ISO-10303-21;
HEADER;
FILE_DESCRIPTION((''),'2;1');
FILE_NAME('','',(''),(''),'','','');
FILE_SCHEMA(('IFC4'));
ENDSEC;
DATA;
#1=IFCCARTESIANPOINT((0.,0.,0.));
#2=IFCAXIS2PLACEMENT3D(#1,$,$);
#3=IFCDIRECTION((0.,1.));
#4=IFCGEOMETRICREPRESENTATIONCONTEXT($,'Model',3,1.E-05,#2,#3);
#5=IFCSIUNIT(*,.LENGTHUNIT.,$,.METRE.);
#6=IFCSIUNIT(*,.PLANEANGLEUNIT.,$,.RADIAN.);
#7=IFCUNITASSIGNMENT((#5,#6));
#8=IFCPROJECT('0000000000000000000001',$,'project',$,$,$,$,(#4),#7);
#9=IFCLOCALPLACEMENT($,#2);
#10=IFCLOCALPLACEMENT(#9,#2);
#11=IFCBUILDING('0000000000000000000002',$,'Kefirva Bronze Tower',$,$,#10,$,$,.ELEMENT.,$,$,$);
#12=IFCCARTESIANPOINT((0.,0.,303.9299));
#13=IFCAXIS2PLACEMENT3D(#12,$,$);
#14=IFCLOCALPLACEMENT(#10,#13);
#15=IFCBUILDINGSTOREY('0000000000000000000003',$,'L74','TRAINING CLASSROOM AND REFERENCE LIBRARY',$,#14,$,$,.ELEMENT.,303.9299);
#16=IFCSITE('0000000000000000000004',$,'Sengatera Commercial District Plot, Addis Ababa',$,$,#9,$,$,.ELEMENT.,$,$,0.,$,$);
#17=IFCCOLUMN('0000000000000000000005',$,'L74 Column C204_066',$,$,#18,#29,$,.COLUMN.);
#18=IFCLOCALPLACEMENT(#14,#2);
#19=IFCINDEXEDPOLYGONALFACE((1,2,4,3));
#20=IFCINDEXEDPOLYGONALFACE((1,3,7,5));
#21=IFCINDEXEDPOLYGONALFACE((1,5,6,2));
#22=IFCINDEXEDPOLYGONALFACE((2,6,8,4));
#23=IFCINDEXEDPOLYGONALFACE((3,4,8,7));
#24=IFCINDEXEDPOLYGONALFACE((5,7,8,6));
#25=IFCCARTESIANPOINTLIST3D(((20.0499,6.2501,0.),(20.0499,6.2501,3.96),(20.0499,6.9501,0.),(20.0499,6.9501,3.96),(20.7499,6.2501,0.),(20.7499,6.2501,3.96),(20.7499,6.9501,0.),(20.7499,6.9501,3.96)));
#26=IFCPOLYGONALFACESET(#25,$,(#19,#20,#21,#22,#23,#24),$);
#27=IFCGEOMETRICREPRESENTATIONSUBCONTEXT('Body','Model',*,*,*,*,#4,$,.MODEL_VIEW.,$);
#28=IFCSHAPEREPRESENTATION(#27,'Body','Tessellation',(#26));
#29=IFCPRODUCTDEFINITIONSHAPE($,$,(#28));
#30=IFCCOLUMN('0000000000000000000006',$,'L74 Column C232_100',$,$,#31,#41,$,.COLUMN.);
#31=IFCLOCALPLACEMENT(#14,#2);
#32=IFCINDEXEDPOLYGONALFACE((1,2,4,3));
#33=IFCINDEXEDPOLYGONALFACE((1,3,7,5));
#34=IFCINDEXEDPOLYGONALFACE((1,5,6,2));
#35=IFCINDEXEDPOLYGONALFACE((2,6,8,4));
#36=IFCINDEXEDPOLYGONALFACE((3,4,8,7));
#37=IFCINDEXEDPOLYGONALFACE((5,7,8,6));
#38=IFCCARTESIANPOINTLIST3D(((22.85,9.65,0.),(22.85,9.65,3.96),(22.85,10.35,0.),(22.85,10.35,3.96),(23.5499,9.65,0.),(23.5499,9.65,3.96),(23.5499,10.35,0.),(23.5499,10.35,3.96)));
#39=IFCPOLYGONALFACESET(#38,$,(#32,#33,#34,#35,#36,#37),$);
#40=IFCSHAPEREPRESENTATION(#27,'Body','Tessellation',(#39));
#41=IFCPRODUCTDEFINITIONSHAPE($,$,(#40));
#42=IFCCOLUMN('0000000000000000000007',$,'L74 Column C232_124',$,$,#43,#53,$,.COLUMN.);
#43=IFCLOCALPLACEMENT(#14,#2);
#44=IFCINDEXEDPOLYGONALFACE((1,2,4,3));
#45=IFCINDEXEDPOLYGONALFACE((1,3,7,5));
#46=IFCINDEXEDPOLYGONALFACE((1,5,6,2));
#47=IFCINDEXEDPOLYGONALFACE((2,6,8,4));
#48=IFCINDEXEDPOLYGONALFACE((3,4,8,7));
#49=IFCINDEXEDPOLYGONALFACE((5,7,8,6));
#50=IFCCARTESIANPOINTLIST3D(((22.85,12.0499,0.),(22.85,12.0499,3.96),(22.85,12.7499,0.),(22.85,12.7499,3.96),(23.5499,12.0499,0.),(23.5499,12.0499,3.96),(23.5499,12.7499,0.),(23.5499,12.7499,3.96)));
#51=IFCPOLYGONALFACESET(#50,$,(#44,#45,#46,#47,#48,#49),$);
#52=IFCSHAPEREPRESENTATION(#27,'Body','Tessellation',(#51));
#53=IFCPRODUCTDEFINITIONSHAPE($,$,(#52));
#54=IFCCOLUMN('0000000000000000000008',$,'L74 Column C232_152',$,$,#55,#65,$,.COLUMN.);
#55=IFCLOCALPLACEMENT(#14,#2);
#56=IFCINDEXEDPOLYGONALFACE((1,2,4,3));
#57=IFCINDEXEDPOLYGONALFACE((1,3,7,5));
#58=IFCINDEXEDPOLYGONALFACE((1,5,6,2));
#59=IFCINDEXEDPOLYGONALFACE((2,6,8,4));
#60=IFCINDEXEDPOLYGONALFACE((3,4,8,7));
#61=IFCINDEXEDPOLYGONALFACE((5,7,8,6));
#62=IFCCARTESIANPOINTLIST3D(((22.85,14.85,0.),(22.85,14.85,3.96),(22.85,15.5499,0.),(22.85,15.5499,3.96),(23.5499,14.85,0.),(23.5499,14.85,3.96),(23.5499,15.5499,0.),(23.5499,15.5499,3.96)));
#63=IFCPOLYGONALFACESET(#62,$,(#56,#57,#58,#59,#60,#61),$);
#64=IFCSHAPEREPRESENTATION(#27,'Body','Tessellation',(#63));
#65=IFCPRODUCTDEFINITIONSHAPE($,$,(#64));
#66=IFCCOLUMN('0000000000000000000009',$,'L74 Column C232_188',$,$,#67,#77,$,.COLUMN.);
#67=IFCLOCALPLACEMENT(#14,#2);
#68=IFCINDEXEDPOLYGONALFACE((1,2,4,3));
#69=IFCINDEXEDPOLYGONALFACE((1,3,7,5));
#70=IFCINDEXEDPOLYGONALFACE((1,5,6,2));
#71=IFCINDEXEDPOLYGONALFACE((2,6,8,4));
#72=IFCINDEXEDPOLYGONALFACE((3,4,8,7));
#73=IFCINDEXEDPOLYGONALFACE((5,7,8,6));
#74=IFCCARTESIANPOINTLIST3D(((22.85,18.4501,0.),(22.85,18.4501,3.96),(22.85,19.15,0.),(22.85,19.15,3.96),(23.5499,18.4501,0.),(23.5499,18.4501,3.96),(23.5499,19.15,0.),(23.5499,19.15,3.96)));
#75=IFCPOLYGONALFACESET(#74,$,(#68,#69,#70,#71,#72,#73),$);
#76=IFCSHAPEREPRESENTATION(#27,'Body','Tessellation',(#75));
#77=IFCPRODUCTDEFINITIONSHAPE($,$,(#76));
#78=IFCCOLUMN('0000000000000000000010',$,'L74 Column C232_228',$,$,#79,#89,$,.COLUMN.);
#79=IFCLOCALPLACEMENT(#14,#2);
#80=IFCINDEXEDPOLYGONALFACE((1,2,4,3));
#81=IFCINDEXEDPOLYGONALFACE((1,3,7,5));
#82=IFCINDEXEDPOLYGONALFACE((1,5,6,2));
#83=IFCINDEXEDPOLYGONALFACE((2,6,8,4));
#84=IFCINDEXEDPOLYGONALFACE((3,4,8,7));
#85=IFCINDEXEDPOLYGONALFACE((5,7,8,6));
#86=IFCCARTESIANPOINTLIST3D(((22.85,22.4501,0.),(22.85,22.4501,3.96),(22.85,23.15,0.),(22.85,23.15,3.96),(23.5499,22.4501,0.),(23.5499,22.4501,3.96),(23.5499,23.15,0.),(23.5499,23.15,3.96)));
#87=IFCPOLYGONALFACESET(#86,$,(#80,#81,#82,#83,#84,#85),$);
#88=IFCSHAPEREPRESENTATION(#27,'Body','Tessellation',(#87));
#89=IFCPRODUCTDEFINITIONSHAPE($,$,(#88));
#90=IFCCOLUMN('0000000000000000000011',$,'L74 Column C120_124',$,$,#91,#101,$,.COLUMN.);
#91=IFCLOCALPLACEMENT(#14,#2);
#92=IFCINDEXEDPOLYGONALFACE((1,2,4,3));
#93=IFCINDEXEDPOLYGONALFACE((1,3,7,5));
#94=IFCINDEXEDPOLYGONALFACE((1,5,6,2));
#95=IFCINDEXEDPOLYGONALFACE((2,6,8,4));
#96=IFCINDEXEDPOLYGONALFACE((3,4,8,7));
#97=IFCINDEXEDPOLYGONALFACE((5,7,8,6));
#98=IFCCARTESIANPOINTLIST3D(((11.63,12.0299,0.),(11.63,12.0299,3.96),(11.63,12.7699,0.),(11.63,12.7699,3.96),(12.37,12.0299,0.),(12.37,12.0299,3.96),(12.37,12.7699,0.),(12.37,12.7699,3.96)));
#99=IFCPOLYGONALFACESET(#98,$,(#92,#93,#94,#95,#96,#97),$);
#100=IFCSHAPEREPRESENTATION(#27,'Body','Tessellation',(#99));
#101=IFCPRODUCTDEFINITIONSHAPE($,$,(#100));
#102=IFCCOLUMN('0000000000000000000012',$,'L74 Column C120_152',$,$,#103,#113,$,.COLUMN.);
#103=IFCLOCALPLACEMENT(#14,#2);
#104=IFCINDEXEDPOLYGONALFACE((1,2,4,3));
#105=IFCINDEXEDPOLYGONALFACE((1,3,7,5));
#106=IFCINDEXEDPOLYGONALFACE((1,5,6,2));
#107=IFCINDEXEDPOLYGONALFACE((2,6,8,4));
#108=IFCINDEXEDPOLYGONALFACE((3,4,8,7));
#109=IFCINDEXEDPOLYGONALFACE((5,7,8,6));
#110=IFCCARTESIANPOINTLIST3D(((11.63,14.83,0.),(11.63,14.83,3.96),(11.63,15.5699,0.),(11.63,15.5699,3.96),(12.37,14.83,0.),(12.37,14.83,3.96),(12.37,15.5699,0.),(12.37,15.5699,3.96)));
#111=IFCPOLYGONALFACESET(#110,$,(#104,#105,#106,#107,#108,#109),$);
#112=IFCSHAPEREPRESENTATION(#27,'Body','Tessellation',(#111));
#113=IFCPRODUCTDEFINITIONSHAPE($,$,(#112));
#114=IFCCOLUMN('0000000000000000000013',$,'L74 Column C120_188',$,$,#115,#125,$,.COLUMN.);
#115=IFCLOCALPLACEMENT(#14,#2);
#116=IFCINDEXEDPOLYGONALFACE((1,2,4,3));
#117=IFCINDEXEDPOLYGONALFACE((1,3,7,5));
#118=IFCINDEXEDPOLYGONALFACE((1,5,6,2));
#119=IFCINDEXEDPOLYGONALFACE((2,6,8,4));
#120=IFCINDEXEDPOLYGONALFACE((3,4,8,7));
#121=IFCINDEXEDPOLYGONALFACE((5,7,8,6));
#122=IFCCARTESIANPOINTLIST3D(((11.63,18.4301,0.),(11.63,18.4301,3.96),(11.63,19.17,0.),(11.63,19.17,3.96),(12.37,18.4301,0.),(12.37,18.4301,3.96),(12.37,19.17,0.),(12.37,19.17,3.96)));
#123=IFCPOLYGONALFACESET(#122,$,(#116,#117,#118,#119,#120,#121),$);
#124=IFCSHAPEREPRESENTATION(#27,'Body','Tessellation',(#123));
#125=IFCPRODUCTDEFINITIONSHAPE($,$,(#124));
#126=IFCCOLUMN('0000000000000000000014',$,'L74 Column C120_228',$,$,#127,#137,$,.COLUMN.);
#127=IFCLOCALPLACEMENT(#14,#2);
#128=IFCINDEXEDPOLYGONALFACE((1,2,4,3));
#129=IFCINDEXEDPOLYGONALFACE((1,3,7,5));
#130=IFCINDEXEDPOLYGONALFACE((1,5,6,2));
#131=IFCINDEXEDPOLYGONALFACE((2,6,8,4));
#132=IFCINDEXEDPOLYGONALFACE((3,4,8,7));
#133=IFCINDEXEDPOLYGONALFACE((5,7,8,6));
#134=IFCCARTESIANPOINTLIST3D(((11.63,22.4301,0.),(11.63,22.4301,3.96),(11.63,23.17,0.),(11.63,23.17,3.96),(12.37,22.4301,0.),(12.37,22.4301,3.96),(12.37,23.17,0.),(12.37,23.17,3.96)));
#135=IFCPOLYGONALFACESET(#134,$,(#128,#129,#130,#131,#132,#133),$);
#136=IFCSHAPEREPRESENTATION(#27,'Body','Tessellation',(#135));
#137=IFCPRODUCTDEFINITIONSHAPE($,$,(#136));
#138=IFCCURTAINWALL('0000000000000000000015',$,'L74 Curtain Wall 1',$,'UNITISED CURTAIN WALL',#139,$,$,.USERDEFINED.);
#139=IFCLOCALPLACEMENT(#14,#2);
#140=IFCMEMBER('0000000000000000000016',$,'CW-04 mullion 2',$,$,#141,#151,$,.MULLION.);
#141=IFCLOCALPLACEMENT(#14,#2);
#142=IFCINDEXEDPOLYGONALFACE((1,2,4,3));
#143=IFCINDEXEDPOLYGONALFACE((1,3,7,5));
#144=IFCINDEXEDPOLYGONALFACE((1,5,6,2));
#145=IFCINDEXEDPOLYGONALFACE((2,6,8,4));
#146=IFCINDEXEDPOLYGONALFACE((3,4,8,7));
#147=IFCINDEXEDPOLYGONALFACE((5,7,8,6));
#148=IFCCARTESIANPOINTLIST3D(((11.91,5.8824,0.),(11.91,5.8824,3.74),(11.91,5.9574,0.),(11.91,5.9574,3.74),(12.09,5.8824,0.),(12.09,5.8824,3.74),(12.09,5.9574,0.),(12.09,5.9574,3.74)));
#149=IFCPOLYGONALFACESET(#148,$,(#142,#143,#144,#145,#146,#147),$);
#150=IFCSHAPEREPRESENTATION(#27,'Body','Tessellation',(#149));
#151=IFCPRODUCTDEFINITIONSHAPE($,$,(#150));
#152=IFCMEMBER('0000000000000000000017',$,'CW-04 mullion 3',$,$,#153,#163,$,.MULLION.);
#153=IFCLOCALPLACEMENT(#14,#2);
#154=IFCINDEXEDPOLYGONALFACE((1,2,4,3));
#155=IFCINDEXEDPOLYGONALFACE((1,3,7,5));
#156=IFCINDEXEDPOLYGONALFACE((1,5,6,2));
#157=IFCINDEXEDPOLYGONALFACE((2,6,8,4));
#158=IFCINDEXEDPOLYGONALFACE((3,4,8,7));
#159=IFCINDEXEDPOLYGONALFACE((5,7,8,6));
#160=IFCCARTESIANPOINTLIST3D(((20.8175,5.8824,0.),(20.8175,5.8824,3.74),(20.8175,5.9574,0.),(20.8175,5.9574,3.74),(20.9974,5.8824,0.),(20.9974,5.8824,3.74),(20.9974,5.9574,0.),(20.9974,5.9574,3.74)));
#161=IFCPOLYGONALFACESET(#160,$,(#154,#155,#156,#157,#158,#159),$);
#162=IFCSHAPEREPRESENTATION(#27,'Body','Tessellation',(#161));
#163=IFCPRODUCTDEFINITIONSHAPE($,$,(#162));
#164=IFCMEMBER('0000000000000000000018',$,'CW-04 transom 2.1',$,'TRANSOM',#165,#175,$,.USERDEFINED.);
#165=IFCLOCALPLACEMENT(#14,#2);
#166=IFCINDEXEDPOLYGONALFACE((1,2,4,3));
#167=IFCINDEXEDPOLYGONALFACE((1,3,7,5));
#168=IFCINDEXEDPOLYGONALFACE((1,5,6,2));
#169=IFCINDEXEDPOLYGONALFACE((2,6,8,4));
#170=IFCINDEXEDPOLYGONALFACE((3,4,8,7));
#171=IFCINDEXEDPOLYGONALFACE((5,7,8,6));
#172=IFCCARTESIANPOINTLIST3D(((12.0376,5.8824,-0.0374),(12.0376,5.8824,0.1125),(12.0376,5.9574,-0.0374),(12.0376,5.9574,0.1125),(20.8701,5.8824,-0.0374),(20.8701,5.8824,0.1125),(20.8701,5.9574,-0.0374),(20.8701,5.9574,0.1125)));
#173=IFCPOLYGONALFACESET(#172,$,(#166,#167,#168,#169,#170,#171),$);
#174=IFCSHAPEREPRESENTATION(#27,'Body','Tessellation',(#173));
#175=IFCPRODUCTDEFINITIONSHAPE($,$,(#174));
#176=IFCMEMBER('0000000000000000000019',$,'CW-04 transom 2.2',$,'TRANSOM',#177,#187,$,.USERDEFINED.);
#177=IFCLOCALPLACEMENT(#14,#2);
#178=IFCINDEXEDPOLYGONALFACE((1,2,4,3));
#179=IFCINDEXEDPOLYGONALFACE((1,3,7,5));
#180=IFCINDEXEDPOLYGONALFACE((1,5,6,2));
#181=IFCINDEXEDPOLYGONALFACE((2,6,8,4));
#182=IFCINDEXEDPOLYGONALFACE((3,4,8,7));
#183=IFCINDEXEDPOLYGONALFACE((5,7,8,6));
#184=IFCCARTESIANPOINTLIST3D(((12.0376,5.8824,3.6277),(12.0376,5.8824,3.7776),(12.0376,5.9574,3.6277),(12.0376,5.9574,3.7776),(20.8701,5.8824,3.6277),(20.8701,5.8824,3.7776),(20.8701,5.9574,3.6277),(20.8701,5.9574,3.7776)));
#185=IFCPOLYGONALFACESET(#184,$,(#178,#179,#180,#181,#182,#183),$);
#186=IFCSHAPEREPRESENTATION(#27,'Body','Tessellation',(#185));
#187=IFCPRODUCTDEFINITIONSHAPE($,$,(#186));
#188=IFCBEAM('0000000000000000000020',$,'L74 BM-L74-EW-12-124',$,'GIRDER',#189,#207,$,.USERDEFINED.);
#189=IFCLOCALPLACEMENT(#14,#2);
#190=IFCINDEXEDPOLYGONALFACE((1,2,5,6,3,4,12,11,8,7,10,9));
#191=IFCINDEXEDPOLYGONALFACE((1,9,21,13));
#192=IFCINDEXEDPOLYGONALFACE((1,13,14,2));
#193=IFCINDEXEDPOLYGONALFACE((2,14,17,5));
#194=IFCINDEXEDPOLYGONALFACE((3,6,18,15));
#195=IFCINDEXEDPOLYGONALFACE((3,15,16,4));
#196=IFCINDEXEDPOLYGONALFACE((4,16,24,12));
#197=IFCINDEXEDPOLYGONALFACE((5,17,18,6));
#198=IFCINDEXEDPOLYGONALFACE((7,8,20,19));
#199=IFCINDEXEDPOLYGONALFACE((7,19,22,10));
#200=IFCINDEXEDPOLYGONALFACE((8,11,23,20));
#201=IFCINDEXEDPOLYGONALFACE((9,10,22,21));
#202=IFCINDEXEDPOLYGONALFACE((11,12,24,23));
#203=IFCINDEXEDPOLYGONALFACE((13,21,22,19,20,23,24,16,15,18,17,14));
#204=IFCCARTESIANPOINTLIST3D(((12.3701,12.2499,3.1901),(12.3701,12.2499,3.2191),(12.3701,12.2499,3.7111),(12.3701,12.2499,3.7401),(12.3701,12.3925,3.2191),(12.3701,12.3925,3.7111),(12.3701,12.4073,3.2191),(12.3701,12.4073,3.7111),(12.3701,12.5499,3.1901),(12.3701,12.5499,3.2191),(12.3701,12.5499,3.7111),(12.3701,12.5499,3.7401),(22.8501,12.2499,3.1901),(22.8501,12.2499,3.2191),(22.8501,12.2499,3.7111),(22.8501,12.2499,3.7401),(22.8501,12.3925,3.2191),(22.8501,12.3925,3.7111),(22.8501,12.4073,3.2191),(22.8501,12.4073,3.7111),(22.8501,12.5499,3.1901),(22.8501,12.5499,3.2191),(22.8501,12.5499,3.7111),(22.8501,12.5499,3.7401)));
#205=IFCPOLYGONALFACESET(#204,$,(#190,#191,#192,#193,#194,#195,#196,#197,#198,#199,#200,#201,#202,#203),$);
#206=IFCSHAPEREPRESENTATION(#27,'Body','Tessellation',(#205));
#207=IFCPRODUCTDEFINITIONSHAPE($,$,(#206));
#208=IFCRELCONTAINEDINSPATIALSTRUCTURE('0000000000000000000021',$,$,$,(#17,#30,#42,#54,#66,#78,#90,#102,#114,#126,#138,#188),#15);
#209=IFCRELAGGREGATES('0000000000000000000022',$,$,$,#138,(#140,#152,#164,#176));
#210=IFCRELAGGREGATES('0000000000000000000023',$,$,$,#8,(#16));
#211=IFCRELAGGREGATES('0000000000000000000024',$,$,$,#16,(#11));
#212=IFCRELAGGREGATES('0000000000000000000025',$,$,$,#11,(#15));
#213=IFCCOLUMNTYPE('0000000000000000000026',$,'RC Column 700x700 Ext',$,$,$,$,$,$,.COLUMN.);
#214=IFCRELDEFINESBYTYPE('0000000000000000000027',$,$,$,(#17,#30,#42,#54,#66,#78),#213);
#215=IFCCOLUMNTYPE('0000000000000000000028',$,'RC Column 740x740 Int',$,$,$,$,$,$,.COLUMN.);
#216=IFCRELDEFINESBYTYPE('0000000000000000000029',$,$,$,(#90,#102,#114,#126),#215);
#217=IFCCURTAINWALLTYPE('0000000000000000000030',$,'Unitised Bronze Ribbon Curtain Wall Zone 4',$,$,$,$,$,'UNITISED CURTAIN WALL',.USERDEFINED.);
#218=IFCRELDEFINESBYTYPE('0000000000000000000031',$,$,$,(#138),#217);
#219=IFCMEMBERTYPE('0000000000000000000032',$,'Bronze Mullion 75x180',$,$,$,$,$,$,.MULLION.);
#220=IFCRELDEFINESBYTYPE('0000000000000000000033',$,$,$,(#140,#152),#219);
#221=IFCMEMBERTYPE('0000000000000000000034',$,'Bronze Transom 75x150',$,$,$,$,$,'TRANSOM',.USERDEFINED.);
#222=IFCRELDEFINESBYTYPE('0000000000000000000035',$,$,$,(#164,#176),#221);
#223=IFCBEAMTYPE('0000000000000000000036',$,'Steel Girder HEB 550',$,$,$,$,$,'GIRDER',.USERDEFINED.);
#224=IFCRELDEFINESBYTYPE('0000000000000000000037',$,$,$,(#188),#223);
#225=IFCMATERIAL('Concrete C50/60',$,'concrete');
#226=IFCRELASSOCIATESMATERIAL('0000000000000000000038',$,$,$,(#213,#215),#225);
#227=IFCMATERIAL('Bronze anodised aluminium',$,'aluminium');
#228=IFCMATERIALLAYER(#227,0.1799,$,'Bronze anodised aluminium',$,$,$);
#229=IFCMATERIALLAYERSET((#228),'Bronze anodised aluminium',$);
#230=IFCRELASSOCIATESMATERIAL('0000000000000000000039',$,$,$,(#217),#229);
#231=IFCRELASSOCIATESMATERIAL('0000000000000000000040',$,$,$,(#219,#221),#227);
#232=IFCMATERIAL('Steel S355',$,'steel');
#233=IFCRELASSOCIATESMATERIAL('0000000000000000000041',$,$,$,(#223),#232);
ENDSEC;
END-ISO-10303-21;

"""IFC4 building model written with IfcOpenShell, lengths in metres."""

from ifc_helpers import new_model, si_unit, direction, frame, origin, origin_2d, place, context, subcontext, project, spatial, rectangle, i_section, extrude, material, layer, layer_set, material_profile, profile_set, type_object, element, aggregate, save


model = new_model("IFC4")

# Units and contexts
model_context = context("Model", 3, precision=1e-05, world=origin(), true_north=direction((0.0, 1.0)))
body_context = subcontext(model_context, "Body", "Model", "MODEL_VIEW")
ifc_project = project(units=[si_unit("LENGTHUNIT", "METRE"), si_unit("PLANEANGLEUNIT", "RADIAN")], contexts=[model_context])

# Site, building, storey
site_placement = place(None, origin())
site = spatial("IfcSite", under=ifc_project, at=site_placement, Name="Sengatera Commercial District Plot, Addis Ababa", CompositionType="ELEMENT", RefElevation=0.0)
building_placement = place(site_placement, origin())
building = spatial("IfcBuilding", under=site, at=building_placement, Name="Kefirva Bronze Tower", CompositionType="ELEMENT")
storey_placement = place(building_placement, frame((0.0, 0.0, 303.9299)))
storey = spatial("IfcBuildingStorey", under=building, at=storey_placement, Name="L74", Description="TRAINING CLASSROOM AND REFERENCE LIBRARY", CompositionType="ELEMENT", Elevation=303.9299)

# Columns
ifc_material_1 = material(Name="Concrete C50/60", Category="concrete")
ifc_material_profile_1 = material_profile(ifc_material_1, rectangle(XDim=0.7, YDim=0.7, at=origin_2d()), Name="RC 700x700")
ifc_profile_set_1 = profile_set([ifc_material_profile_1], Name="Concrete C50/60")
column_type_1 = type_object("IfcColumnType", Name="RC Column 700x700 Ext", PredefinedType="COLUMN", material=ifc_profile_set_1)
for number, where, z_axis, x_axis, name in (
    (1, (20.3999, 6.6001, 0.0), (0.0, 0.0, 1.0), (1.0, 0.0, 0.0), "L74 Column C204_066"),
    (2, (23.2, 10.0, 0.0), (0.0, 0.0, 1.0), (1.0, 0.0, 0.0), "L74 Column C232_100"),
    (3, (23.2, 12.3999, 0.0), (0.0, 0.0, 1.0), (1.0, 0.0, 0.0), "L74 Column C232_124"),
    (4, (23.2, 15.2, 0.0), (0.0, 0.0, 1.0), (1.0, 0.0, 0.0), "L74 Column C232_152"),
    (5, (23.2, 18.8, 0.0), (0.0, 0.0, 1.0), (1.0, 0.0, 0.0), "L74 Column C232_188"),
    (6, (23.2, 22.8, 0.0), (0.0, 0.0, 1.0), (1.0, 0.0, 0.0), "L74 Column C232_228"),
):
    element("IfcColumn", number, at=place(storey_placement, frame(where, z_axis=z_axis, x_axis=x_axis)), inside=storey, type_object=column_type_1, Name=name, PredefinedType="COLUMN", context=body_context, shape_type="SweptSolid", body=[
        extrude(rectangle(XDim=0.7, YDim=0.7, at=origin_2d()), origin(), (0.0, 0.0, 1.0), 3.96),
    ])
ifc_material_profile_2 = material_profile(ifc_material_1, rectangle(XDim=0.74, YDim=0.74, at=origin_2d()), Name="RC 740x740")
ifc_profile_set_2 = profile_set([ifc_material_profile_2], Name="Concrete C50/60")
column_type_2 = type_object("IfcColumnType", Name="RC Column 740x740 Int", PredefinedType="COLUMN", material=ifc_profile_set_2)
for number, where, z_axis, x_axis, name in (
    (7, (12.0, 12.3999, 0.0), (0.0, 0.0, 1.0), (1.0, 0.0, 0.0), "L74 Column C120_124"),
    (8, (12.0, 15.2, 0.0), (0.0, 0.0, 1.0), (1.0, 0.0, 0.0), "L74 Column C120_152"),
    (9, (12.0, 18.8, 0.0), (0.0, 0.0, 1.0), (1.0, 0.0, 0.0), "L74 Column C120_188"),
    (10, (12.0, 22.8, 0.0), (0.0, 0.0, 1.0), (1.0, 0.0, 0.0), "L74 Column C120_228"),
):
    element("IfcColumn", number, at=place(storey_placement, frame(where, z_axis=z_axis, x_axis=x_axis)), inside=storey, type_object=column_type_2, Name=name, PredefinedType="COLUMN", context=body_context, shape_type="SweptSolid", body=[
        extrude(rectangle(XDim=0.74, YDim=0.74, at=origin_2d()), origin(), (0.0, 0.0, 1.0), 3.96),
    ])

# Curtain wall, members
ifc_material_2 = material(Name="Bronze anodised aluminium", Category="aluminium")
ifc_layer_1 = layer(ifc_material_2, 0.1799, Name="Bronze anodised aluminium")
ifc_layer_set_1 = layer_set([ifc_layer_1], Name="Bronze anodised aluminium")
curtain_wall_type = type_object("IfcCurtainWallType", Name="Unitised Bronze Ribbon Curtain Wall Zone 4", ElementType="UNITISED CURTAIN WALL", PredefinedType="USERDEFINED", material=ifc_layer_set_1)
curtain_wall_placement = place(storey_placement, origin())
curtain_wall = element("IfcCurtainWall", 11, at=curtain_wall_placement, inside=storey, type_object=curtain_wall_type, Name="L74 Curtain Wall 1", ObjectType="UNITISED CURTAIN WALL", PredefinedType="USERDEFINED")
ifc_material_profile_3 = material_profile(ifc_material_2, rectangle(XDim=0.075, YDim=0.1799, at=origin_2d()), Name="ALU 75x180")
ifc_profile_set_3 = profile_set([ifc_material_profile_3], Name="Bronze anodised aluminium")
member_type_1 = type_object("IfcMemberType", Name="Bronze Mullion 75x180", PredefinedType="MULLION", material=ifc_profile_set_3)
member_1_placement = place(storey_placement, frame((12.0, 5.9199, 0.0), z_axis=(0.0, 0.0, 1.0), x_axis=(0.0, 1.0, 0.0)))
member_1 = element("IfcMember", 12, at=member_1_placement, type_object=member_type_1, Name="CW-04 mullion 2", PredefinedType="MULLION", context=body_context, shape_type="SweptSolid", body=[
    extrude(rectangle(XDim=0.075, YDim=0.1799, at=origin_2d()), origin(), (0.0, 0.0, 1.0), 3.74),
])
member_2_placement = place(storey_placement, frame((20.9075, 5.9199, 0.0), z_axis=(0.0, 0.0, 1.0), x_axis=(0.0, 1.0, 0.0)))
member_2 = element("IfcMember", 13, at=member_2_placement, type_object=member_type_1, Name="CW-04 mullion 3", PredefinedType="MULLION", context=body_context, shape_type="SweptSolid", body=[
    extrude(rectangle(XDim=0.075, YDim=0.1799, at=origin_2d()), origin(), (0.0, 0.0, 1.0), 3.74),
])
ifc_material_profile_4 = material_profile(ifc_material_2, rectangle(XDim=0.075, YDim=0.1499, at=origin_2d()), Name="ALU 75x150")
ifc_profile_set_4 = profile_set([ifc_material_profile_4], Name="Bronze anodised aluminium")
member_type_2 = type_object("IfcMemberType", Name="Bronze Transom 75x150", ElementType="TRANSOM", PredefinedType="USERDEFINED", material=ifc_profile_set_4)
member_3_placement = place(storey_placement, frame((12.0376, 5.9199, 0.0376), z_axis=(1.0, 0.0, 0.0), x_axis=(0.0, 1.0, 0.0)))
member_3 = element("IfcMember", 14, at=member_3_placement, type_object=member_type_2, Name="CW-04 transom 2.1", ObjectType="TRANSOM", PredefinedType="USERDEFINED", context=body_context, shape_type="SweptSolid", body=[
    extrude(rectangle(XDim=0.075, YDim=0.1499, at=origin_2d()), origin(), (0.0, 0.0, 1.0), 8.8325),
])
member_4_placement = place(storey_placement, frame((12.0376, 5.9199, 3.7026), z_axis=(1.0, 0.0, 0.0), x_axis=(0.0, 1.0, 0.0)))
member_4 = element("IfcMember", 15, at=member_4_placement, type_object=member_type_2, Name="CW-04 transom 2.2", ObjectType="TRANSOM", PredefinedType="USERDEFINED", context=body_context, shape_type="SweptSolid", body=[
    extrude(rectangle(XDim=0.075, YDim=0.1499, at=origin_2d()), origin(), (0.0, 0.0, 1.0), 8.8325),
])

# Beam
ifc_material_3 = material(Name="Steel S355", Category="steel")
ifc_material_profile_5 = material_profile(ifc_material_3, i_section(OverallWidth=0.3, OverallDepth=0.55, WebThickness=0.0149, FlangeThickness=0.0291, at=origin_2d()), Name="HEB 550")
ifc_profile_set_5 = profile_set([ifc_material_profile_5], Name="Steel S355")
beam_type_1 = type_object("IfcBeamType", Name="Steel Girder HEB 550", ElementType="GIRDER", PredefinedType="USERDEFINED", material=ifc_profile_set_5)
for number, where, z_axis, x_axis, name in (
    (16, (12.3701, 12.3999, 3.4651), (1.0, 0.0, 0.0), (0.0, 1.0, 0.0), "L74 BM-L74-EW-12-124"),
):
    element("IfcBeam", number, at=place(storey_placement, frame(where, z_axis=z_axis, x_axis=x_axis)), inside=storey, type_object=beam_type_1, Name=name, ObjectType="GIRDER", PredefinedType="USERDEFINED", context=body_context, shape_type="SweptSolid", body=[
        extrude(i_section(OverallWidth=0.3, OverallDepth=0.55, WebThickness=0.0149, FlangeThickness=0.0291, at=origin_2d()), origin(), (0.0, 0.0, 1.0), 10.48),
    ])

aggregate(curtain_wall, [member_1, member_2, member_3, member_4])

save(model, "model.ifc")
